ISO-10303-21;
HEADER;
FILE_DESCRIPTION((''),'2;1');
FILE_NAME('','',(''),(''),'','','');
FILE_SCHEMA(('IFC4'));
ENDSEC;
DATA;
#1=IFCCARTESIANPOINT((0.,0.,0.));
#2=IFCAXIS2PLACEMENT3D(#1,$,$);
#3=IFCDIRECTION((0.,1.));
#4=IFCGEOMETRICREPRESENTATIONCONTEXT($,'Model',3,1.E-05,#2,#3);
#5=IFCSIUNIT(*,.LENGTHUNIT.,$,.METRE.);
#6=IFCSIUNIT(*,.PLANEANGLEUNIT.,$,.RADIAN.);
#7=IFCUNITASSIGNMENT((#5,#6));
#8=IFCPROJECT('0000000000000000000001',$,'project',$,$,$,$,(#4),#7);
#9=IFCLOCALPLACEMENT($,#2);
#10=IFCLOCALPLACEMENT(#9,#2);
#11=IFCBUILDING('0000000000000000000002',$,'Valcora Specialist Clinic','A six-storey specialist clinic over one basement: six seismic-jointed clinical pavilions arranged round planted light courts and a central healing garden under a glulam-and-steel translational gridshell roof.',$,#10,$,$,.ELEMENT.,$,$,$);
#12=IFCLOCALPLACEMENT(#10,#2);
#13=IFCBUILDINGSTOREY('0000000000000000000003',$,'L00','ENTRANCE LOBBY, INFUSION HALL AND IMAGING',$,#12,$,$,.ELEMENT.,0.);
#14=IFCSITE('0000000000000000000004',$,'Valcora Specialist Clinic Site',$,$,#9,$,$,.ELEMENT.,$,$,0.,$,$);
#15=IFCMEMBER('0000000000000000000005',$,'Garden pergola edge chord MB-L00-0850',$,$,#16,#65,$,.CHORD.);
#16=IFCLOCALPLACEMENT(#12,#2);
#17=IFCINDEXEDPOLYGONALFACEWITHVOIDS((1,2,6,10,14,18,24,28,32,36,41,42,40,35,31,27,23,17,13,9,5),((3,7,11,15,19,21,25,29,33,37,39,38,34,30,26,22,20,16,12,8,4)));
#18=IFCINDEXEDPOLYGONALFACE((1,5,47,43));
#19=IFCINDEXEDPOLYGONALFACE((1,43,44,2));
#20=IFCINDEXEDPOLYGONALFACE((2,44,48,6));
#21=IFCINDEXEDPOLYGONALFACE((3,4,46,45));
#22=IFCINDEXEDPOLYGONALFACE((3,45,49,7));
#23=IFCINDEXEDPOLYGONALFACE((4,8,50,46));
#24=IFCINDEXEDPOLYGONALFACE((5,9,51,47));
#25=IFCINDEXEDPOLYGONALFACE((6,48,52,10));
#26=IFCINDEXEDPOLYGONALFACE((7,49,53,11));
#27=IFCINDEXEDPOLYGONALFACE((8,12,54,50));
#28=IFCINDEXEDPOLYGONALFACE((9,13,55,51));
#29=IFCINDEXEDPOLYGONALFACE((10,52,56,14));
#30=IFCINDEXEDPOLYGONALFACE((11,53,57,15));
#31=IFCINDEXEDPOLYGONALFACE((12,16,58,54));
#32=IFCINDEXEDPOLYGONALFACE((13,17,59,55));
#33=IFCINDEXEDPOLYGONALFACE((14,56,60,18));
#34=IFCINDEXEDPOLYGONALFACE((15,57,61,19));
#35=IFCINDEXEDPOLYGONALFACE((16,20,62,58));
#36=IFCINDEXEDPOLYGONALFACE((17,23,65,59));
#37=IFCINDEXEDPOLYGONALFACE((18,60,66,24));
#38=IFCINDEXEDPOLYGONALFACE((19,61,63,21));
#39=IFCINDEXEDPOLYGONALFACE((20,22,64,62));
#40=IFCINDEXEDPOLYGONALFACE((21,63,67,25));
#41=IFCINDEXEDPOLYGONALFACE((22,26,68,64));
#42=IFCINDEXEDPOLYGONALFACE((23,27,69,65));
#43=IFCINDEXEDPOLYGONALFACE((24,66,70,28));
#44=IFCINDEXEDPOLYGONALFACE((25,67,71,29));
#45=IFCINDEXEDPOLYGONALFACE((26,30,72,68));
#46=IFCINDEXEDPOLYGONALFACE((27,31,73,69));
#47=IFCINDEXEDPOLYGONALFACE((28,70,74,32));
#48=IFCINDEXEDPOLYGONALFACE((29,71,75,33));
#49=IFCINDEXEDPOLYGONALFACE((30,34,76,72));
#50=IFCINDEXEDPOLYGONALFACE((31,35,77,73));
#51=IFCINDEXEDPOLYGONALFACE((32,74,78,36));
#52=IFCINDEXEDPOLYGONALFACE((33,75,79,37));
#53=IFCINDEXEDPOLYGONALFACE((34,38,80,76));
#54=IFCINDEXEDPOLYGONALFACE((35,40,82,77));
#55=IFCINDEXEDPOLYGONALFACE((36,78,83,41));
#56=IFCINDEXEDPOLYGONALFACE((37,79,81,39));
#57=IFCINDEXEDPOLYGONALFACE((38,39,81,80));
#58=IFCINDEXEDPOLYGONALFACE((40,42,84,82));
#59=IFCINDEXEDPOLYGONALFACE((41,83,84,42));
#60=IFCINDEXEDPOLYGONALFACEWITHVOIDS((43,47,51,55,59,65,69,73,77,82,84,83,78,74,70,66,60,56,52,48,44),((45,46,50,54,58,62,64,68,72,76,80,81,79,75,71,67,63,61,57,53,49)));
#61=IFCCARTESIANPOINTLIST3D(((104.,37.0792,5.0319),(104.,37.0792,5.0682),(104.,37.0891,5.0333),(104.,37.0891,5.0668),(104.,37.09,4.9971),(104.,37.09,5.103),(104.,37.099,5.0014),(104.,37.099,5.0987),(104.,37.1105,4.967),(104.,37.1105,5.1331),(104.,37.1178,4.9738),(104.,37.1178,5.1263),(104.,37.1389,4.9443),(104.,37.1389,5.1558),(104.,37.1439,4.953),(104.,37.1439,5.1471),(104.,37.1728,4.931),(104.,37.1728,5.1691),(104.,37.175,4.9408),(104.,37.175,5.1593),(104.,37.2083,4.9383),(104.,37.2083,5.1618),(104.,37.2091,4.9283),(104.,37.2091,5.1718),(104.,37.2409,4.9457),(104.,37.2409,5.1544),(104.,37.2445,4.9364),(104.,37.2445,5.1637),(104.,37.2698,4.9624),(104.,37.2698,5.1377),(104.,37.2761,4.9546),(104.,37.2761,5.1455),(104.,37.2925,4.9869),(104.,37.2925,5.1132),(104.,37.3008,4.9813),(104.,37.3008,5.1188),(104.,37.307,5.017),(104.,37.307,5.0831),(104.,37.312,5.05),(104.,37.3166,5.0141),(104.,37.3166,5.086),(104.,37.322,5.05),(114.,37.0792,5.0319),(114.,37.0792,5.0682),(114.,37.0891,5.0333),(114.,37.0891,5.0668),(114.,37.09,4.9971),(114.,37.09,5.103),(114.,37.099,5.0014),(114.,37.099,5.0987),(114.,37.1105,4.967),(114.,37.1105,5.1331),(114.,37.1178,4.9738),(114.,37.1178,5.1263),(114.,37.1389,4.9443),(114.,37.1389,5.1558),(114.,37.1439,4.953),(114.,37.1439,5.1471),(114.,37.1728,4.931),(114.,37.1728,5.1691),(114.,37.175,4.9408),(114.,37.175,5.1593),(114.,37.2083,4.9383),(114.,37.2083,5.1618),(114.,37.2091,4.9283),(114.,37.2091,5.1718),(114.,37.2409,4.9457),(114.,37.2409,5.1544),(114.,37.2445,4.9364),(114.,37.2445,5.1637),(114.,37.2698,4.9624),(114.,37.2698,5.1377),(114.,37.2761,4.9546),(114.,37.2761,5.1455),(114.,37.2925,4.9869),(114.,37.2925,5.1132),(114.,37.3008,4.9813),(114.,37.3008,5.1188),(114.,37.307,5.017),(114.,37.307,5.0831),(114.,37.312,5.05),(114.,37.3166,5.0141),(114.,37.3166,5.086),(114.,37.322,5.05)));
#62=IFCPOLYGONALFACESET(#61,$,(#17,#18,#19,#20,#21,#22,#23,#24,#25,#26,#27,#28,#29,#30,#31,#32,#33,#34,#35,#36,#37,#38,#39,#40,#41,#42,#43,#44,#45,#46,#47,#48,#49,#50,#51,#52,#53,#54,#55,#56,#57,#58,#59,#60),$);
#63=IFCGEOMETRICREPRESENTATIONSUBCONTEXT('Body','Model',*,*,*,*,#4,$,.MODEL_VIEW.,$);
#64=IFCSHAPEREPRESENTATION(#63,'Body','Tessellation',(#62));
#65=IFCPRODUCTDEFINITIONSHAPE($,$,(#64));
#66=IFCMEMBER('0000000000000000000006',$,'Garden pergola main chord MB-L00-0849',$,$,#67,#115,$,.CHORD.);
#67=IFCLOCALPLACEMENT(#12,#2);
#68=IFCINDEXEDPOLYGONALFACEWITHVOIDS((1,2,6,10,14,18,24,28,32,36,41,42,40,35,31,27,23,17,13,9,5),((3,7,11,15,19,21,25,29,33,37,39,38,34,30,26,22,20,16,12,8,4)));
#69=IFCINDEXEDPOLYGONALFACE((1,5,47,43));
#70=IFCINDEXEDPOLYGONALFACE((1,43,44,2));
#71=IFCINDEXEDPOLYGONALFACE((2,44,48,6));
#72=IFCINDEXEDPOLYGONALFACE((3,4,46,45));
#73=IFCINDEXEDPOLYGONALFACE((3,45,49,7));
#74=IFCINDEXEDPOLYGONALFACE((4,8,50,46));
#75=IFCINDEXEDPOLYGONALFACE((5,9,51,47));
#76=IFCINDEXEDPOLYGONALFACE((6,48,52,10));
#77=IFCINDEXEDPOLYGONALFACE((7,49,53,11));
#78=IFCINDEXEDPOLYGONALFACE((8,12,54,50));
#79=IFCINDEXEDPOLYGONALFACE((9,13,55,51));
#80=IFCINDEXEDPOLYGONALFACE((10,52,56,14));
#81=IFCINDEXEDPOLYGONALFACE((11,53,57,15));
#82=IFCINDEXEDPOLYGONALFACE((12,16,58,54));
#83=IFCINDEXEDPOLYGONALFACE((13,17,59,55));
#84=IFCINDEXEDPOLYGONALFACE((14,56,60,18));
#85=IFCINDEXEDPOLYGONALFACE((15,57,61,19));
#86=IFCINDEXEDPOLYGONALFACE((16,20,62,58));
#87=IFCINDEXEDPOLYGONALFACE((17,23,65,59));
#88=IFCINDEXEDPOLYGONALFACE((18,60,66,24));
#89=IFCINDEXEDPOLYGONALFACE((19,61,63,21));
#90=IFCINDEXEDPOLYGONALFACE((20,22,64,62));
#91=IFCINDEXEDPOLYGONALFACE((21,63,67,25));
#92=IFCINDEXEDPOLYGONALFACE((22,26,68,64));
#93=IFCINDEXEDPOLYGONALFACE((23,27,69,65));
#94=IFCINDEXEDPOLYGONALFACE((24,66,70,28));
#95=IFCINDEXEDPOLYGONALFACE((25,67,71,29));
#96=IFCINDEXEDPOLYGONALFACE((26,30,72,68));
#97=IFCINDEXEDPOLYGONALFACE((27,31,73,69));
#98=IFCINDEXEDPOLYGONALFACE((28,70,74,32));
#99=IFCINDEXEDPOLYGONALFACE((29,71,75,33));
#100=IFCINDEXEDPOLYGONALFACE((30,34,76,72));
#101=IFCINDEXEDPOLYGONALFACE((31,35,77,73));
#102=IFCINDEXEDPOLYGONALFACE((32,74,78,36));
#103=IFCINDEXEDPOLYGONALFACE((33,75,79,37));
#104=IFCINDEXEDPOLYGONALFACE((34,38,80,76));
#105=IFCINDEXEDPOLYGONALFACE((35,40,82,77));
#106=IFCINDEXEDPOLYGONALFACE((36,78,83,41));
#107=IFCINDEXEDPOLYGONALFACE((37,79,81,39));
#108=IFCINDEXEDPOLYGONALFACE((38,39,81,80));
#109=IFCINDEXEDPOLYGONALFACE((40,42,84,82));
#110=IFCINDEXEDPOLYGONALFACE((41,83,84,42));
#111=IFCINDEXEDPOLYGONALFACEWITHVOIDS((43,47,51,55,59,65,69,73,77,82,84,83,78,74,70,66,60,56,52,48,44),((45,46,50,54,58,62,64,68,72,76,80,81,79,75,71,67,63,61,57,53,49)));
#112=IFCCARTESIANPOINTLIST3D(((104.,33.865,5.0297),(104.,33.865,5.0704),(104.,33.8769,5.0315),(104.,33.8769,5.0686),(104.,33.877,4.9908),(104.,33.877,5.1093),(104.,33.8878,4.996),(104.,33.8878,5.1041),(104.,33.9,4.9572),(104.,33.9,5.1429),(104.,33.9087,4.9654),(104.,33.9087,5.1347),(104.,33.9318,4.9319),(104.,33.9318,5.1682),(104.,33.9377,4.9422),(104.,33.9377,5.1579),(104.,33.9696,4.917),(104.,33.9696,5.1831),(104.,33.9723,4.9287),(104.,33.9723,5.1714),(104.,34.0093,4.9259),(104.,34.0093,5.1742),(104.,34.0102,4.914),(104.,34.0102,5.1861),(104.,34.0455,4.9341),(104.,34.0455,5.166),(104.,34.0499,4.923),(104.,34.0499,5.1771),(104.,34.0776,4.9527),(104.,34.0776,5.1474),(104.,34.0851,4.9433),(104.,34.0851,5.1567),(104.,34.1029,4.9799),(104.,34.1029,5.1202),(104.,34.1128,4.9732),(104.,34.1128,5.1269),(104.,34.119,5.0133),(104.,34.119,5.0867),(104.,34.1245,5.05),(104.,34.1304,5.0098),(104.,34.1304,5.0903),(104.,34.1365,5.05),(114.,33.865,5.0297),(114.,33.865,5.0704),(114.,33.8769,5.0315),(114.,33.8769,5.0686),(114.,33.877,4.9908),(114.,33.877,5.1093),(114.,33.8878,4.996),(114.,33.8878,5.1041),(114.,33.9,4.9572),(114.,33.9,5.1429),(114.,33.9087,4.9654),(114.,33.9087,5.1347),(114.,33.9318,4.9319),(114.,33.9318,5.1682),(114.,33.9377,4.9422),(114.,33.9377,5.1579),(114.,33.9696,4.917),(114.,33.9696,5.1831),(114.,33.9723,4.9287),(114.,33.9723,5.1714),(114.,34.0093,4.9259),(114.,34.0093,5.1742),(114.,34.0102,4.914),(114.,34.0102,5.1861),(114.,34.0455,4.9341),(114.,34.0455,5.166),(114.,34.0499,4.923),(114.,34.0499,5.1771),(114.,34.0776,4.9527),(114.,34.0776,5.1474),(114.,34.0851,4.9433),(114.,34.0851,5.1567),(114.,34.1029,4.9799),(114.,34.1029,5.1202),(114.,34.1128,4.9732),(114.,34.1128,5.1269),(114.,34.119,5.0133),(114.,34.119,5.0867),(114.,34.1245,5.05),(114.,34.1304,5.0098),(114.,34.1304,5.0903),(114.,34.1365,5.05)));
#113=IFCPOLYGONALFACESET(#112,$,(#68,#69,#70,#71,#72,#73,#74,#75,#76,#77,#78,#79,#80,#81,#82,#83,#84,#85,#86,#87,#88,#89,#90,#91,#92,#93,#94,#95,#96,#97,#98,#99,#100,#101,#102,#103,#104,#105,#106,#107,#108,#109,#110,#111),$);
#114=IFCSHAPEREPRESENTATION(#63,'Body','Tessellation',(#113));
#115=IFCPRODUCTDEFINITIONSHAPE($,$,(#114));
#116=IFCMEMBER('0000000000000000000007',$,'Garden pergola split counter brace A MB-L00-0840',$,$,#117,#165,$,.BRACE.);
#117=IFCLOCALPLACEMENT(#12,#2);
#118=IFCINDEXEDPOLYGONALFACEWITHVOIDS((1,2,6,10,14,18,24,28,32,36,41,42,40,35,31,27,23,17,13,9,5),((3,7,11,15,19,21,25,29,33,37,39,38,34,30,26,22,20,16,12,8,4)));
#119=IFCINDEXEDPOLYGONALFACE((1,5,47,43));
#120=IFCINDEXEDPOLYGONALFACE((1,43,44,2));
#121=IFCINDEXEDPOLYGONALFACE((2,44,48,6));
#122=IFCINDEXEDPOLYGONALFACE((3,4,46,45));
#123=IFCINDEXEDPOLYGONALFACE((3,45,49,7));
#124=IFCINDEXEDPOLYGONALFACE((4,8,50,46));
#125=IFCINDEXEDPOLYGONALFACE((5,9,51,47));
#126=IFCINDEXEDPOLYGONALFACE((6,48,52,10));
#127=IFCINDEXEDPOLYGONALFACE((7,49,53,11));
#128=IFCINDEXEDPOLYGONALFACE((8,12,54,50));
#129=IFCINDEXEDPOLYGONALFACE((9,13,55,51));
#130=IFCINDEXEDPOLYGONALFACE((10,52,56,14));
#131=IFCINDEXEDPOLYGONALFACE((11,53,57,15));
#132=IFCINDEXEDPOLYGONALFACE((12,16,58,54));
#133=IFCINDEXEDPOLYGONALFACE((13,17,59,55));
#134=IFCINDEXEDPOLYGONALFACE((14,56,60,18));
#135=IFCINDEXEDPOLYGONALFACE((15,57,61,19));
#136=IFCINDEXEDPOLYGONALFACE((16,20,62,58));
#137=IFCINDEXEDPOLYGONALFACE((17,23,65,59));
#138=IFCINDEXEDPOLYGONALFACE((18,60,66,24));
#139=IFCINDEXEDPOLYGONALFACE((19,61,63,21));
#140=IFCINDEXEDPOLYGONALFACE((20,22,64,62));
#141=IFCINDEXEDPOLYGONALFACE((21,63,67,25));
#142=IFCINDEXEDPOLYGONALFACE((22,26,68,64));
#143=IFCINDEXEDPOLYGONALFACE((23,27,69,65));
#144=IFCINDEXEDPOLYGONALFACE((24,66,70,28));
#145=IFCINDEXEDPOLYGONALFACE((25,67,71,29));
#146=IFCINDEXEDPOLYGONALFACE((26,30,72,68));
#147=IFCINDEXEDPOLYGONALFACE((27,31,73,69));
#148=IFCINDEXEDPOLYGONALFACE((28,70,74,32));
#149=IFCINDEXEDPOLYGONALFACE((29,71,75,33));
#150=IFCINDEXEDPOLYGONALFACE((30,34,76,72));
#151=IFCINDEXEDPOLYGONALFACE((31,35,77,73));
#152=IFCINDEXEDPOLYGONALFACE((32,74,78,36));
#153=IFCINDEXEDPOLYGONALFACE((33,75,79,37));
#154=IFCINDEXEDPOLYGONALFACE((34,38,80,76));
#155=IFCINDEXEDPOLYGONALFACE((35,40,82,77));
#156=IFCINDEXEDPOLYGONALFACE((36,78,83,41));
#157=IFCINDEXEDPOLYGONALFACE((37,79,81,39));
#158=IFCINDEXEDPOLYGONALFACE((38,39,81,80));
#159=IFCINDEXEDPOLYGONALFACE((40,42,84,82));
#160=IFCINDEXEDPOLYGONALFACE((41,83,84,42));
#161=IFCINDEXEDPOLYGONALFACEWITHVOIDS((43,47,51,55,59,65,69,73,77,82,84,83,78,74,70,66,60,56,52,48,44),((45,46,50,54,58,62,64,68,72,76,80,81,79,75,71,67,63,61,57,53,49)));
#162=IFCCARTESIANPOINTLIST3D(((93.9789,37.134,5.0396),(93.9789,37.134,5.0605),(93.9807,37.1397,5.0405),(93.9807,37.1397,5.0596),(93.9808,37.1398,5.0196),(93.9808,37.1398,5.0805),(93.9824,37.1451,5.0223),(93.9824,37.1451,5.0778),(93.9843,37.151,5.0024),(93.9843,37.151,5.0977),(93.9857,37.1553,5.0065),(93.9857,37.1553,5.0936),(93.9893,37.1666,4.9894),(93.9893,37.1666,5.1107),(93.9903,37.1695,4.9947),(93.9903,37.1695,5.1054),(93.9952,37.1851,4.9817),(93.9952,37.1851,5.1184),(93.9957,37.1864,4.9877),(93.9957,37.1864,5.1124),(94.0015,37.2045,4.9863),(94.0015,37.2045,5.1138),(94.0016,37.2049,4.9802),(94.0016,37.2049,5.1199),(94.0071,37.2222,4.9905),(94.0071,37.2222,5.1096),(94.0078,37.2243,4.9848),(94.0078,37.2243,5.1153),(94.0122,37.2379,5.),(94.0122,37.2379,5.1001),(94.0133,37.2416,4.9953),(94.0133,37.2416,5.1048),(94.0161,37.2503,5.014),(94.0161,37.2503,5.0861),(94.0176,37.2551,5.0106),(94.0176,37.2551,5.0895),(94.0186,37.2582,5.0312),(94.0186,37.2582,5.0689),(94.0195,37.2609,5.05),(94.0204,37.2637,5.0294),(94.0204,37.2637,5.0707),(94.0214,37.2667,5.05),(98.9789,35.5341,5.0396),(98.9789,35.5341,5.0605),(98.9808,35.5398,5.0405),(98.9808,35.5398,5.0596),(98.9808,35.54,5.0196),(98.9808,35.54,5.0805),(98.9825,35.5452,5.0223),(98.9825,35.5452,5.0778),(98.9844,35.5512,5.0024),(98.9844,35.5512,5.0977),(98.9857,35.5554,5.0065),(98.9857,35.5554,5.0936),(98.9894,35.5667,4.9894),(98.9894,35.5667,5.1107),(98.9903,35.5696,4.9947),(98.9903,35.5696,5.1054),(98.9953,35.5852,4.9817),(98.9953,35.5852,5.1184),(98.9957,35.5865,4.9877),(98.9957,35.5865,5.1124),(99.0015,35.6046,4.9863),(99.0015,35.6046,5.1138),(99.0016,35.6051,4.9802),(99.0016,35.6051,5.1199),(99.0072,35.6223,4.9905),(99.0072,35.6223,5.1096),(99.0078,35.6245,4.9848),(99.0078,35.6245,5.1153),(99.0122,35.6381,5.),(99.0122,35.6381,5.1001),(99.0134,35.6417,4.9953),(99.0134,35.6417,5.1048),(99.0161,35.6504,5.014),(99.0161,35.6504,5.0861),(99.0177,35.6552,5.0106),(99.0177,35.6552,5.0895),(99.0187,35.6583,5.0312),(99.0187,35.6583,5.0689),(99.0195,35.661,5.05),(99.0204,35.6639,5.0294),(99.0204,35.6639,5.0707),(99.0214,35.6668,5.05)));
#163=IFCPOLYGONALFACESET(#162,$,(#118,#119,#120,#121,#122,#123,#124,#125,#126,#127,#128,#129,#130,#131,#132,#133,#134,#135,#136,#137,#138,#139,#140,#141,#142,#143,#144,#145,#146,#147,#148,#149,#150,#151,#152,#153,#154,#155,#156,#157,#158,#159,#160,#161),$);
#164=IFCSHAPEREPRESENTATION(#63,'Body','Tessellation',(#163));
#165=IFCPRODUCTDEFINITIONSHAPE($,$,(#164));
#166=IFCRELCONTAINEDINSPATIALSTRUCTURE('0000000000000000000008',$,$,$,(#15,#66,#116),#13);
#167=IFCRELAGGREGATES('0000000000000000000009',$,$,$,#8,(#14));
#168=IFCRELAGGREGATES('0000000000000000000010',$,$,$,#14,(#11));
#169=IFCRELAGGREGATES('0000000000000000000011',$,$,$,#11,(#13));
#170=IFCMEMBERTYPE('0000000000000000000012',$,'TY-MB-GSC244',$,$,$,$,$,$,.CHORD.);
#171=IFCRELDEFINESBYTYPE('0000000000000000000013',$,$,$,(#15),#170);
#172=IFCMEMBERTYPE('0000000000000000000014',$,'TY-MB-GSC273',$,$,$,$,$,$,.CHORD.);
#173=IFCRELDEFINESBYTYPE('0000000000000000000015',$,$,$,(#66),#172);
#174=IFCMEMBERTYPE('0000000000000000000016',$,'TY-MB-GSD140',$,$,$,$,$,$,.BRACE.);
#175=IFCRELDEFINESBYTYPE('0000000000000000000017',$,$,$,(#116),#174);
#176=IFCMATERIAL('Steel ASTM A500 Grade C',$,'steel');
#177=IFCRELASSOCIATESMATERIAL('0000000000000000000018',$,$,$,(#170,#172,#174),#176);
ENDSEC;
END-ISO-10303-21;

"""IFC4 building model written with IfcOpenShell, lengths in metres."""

from ifc_helpers import new_model, si_unit, direction, frame, origin, origin_2d, place, context, subcontext, project, spatial, hollow_circle, extrude, material, material_profile, profile_set, type_object, element, save


model = new_model("IFC4")

# Units and contexts
model_context = context("Model", 3, precision=1e-05, world=origin(), true_north=direction((0.0, 1.0)))
body_context = subcontext(model_context, "Body", "Model", "MODEL_VIEW")
ifc_project = project(units=[si_unit("LENGTHUNIT", "METRE"), si_unit("PLANEANGLEUNIT", "RADIAN")], contexts=[model_context])

# Site, building, storey
site_placement = place(None, origin())
site = spatial("IfcSite", under=ifc_project, at=site_placement, Name="Valcora Specialist Clinic Site", CompositionType="ELEMENT", RefElevation=0.0)
building_placement = place(site_placement, origin())
building = spatial("IfcBuilding", under=site, at=building_placement, Name="Valcora Specialist Clinic", Description="A six-storey specialist clinic over one basement: six seismic-jointed clinical pavilions arranged round planted light courts and a central healing garden under a glulam-and-steel translational gridshell roof.", CompositionType="ELEMENT")
storey_placement = place(building_placement, origin())
storey = spatial("IfcBuildingStorey", under=building, at=storey_placement, Name="L00", Description="ENTRANCE LOBBY, INFUSION HALL AND IMAGING", CompositionType="ELEMENT", Elevation=0.0)

# Members
ifc_material_1 = material(Name="Steel ASTM A500 Grade C", Category="steel")
ifc_material_profile_1 = material_profile(ifc_material_1, hollow_circle(Radius=0.1221, WallThickness=0.01, at=origin_2d()), Name="ST-CHS-244X10")
ifc_profile_set_1 = profile_set([ifc_material_profile_1], Name="Steel ASTM A500 Grade C")
member_type_1 = type_object("IfcMemberType", Name="TY-MB-GSC244", PredefinedType="CHORD", material=ifc_profile_set_1)
for number, where, z_axis, x_axis, name in (
    (1, (104.0, 37.2, 5.05), (1.0, 0.0, 0.0), (0.0, 1.0, 0.0), "Garden pergola edge chord MB-L00-0850"),
):
    element("IfcMember", number, at=place(storey_placement, frame(where, z_axis=z_axis, x_axis=x_axis)), inside=storey, type_object=member_type_1, Name=name, PredefinedType="CHORD", context=body_context, shape_type="SweptSolid", body=[
        extrude(hollow_circle(Radius=0.1221, WallThickness=0.01, at=origin_2d()), origin(), (0.0, 0.0, 1.0), 10.0),
    ])
ifc_material_profile_2 = material_profile(ifc_material_1, hollow_circle(Radius=0.1365, WallThickness=0.012, at=origin_2d()), Name="ST-CHS-273X12")
ifc_profile_set_2 = profile_set([ifc_material_profile_2], Name="Steel ASTM A500 Grade C")
member_type_2 = type_object("IfcMemberType", Name="TY-MB-GSC273", PredefinedType="CHORD", material=ifc_profile_set_2)
member_1_placement = place(storey_placement, frame((104.0, 34.0, 5.05), z_axis=(1.0, 0.0, 0.0), x_axis=(0.0, 1.0, 0.0)))
element("IfcMember", 2, at=member_1_placement, inside=storey, type_object=member_type_2, Name="Garden pergola main chord MB-L00-0849", PredefinedType="CHORD", context=body_context, shape_type="SweptSolid", body=[
    extrude(hollow_circle(Radius=0.1365, WallThickness=0.012, at=origin_2d()), origin(), (0.0, 0.0, 1.0), 10.0),
])
ifc_material_profile_3 = material_profile(ifc_material_1, hollow_circle(Radius=0.0701, WallThickness=0.0061, at=origin_2d()), Name="ST-CHS-140X6")
ifc_profile_set_3 = profile_set([ifc_material_profile_3], Name="Steel ASTM A500 Grade C")
member_type_3 = type_object("IfcMemberType", Name="TY-MB-GSD140", PredefinedType="BRACE", material=ifc_profile_set_3)
for number, where, z_axis, x_axis, name in (
    (3, (94.0, 37.2, 5.05), (0.952432, -0.30475, 0.0), (0.30475, 0.952432, 0.0), "Garden pergola split counter brace A MB-L00-0840"),
):
    element("IfcMember", number, at=place(storey_placement, frame(where, z_axis=z_axis, x_axis=x_axis)), inside=storey, type_object=member_type_3, Name=name, PredefinedType="BRACE", context=body_context, shape_type="SweptSolid", body=[
        extrude(hollow_circle(Radius=0.0701, WallThickness=0.0061, at=origin_2d()), origin(), (0.0, 0.0, 1.0), 5.2498),
    ])

save(model, "model.ifc")
